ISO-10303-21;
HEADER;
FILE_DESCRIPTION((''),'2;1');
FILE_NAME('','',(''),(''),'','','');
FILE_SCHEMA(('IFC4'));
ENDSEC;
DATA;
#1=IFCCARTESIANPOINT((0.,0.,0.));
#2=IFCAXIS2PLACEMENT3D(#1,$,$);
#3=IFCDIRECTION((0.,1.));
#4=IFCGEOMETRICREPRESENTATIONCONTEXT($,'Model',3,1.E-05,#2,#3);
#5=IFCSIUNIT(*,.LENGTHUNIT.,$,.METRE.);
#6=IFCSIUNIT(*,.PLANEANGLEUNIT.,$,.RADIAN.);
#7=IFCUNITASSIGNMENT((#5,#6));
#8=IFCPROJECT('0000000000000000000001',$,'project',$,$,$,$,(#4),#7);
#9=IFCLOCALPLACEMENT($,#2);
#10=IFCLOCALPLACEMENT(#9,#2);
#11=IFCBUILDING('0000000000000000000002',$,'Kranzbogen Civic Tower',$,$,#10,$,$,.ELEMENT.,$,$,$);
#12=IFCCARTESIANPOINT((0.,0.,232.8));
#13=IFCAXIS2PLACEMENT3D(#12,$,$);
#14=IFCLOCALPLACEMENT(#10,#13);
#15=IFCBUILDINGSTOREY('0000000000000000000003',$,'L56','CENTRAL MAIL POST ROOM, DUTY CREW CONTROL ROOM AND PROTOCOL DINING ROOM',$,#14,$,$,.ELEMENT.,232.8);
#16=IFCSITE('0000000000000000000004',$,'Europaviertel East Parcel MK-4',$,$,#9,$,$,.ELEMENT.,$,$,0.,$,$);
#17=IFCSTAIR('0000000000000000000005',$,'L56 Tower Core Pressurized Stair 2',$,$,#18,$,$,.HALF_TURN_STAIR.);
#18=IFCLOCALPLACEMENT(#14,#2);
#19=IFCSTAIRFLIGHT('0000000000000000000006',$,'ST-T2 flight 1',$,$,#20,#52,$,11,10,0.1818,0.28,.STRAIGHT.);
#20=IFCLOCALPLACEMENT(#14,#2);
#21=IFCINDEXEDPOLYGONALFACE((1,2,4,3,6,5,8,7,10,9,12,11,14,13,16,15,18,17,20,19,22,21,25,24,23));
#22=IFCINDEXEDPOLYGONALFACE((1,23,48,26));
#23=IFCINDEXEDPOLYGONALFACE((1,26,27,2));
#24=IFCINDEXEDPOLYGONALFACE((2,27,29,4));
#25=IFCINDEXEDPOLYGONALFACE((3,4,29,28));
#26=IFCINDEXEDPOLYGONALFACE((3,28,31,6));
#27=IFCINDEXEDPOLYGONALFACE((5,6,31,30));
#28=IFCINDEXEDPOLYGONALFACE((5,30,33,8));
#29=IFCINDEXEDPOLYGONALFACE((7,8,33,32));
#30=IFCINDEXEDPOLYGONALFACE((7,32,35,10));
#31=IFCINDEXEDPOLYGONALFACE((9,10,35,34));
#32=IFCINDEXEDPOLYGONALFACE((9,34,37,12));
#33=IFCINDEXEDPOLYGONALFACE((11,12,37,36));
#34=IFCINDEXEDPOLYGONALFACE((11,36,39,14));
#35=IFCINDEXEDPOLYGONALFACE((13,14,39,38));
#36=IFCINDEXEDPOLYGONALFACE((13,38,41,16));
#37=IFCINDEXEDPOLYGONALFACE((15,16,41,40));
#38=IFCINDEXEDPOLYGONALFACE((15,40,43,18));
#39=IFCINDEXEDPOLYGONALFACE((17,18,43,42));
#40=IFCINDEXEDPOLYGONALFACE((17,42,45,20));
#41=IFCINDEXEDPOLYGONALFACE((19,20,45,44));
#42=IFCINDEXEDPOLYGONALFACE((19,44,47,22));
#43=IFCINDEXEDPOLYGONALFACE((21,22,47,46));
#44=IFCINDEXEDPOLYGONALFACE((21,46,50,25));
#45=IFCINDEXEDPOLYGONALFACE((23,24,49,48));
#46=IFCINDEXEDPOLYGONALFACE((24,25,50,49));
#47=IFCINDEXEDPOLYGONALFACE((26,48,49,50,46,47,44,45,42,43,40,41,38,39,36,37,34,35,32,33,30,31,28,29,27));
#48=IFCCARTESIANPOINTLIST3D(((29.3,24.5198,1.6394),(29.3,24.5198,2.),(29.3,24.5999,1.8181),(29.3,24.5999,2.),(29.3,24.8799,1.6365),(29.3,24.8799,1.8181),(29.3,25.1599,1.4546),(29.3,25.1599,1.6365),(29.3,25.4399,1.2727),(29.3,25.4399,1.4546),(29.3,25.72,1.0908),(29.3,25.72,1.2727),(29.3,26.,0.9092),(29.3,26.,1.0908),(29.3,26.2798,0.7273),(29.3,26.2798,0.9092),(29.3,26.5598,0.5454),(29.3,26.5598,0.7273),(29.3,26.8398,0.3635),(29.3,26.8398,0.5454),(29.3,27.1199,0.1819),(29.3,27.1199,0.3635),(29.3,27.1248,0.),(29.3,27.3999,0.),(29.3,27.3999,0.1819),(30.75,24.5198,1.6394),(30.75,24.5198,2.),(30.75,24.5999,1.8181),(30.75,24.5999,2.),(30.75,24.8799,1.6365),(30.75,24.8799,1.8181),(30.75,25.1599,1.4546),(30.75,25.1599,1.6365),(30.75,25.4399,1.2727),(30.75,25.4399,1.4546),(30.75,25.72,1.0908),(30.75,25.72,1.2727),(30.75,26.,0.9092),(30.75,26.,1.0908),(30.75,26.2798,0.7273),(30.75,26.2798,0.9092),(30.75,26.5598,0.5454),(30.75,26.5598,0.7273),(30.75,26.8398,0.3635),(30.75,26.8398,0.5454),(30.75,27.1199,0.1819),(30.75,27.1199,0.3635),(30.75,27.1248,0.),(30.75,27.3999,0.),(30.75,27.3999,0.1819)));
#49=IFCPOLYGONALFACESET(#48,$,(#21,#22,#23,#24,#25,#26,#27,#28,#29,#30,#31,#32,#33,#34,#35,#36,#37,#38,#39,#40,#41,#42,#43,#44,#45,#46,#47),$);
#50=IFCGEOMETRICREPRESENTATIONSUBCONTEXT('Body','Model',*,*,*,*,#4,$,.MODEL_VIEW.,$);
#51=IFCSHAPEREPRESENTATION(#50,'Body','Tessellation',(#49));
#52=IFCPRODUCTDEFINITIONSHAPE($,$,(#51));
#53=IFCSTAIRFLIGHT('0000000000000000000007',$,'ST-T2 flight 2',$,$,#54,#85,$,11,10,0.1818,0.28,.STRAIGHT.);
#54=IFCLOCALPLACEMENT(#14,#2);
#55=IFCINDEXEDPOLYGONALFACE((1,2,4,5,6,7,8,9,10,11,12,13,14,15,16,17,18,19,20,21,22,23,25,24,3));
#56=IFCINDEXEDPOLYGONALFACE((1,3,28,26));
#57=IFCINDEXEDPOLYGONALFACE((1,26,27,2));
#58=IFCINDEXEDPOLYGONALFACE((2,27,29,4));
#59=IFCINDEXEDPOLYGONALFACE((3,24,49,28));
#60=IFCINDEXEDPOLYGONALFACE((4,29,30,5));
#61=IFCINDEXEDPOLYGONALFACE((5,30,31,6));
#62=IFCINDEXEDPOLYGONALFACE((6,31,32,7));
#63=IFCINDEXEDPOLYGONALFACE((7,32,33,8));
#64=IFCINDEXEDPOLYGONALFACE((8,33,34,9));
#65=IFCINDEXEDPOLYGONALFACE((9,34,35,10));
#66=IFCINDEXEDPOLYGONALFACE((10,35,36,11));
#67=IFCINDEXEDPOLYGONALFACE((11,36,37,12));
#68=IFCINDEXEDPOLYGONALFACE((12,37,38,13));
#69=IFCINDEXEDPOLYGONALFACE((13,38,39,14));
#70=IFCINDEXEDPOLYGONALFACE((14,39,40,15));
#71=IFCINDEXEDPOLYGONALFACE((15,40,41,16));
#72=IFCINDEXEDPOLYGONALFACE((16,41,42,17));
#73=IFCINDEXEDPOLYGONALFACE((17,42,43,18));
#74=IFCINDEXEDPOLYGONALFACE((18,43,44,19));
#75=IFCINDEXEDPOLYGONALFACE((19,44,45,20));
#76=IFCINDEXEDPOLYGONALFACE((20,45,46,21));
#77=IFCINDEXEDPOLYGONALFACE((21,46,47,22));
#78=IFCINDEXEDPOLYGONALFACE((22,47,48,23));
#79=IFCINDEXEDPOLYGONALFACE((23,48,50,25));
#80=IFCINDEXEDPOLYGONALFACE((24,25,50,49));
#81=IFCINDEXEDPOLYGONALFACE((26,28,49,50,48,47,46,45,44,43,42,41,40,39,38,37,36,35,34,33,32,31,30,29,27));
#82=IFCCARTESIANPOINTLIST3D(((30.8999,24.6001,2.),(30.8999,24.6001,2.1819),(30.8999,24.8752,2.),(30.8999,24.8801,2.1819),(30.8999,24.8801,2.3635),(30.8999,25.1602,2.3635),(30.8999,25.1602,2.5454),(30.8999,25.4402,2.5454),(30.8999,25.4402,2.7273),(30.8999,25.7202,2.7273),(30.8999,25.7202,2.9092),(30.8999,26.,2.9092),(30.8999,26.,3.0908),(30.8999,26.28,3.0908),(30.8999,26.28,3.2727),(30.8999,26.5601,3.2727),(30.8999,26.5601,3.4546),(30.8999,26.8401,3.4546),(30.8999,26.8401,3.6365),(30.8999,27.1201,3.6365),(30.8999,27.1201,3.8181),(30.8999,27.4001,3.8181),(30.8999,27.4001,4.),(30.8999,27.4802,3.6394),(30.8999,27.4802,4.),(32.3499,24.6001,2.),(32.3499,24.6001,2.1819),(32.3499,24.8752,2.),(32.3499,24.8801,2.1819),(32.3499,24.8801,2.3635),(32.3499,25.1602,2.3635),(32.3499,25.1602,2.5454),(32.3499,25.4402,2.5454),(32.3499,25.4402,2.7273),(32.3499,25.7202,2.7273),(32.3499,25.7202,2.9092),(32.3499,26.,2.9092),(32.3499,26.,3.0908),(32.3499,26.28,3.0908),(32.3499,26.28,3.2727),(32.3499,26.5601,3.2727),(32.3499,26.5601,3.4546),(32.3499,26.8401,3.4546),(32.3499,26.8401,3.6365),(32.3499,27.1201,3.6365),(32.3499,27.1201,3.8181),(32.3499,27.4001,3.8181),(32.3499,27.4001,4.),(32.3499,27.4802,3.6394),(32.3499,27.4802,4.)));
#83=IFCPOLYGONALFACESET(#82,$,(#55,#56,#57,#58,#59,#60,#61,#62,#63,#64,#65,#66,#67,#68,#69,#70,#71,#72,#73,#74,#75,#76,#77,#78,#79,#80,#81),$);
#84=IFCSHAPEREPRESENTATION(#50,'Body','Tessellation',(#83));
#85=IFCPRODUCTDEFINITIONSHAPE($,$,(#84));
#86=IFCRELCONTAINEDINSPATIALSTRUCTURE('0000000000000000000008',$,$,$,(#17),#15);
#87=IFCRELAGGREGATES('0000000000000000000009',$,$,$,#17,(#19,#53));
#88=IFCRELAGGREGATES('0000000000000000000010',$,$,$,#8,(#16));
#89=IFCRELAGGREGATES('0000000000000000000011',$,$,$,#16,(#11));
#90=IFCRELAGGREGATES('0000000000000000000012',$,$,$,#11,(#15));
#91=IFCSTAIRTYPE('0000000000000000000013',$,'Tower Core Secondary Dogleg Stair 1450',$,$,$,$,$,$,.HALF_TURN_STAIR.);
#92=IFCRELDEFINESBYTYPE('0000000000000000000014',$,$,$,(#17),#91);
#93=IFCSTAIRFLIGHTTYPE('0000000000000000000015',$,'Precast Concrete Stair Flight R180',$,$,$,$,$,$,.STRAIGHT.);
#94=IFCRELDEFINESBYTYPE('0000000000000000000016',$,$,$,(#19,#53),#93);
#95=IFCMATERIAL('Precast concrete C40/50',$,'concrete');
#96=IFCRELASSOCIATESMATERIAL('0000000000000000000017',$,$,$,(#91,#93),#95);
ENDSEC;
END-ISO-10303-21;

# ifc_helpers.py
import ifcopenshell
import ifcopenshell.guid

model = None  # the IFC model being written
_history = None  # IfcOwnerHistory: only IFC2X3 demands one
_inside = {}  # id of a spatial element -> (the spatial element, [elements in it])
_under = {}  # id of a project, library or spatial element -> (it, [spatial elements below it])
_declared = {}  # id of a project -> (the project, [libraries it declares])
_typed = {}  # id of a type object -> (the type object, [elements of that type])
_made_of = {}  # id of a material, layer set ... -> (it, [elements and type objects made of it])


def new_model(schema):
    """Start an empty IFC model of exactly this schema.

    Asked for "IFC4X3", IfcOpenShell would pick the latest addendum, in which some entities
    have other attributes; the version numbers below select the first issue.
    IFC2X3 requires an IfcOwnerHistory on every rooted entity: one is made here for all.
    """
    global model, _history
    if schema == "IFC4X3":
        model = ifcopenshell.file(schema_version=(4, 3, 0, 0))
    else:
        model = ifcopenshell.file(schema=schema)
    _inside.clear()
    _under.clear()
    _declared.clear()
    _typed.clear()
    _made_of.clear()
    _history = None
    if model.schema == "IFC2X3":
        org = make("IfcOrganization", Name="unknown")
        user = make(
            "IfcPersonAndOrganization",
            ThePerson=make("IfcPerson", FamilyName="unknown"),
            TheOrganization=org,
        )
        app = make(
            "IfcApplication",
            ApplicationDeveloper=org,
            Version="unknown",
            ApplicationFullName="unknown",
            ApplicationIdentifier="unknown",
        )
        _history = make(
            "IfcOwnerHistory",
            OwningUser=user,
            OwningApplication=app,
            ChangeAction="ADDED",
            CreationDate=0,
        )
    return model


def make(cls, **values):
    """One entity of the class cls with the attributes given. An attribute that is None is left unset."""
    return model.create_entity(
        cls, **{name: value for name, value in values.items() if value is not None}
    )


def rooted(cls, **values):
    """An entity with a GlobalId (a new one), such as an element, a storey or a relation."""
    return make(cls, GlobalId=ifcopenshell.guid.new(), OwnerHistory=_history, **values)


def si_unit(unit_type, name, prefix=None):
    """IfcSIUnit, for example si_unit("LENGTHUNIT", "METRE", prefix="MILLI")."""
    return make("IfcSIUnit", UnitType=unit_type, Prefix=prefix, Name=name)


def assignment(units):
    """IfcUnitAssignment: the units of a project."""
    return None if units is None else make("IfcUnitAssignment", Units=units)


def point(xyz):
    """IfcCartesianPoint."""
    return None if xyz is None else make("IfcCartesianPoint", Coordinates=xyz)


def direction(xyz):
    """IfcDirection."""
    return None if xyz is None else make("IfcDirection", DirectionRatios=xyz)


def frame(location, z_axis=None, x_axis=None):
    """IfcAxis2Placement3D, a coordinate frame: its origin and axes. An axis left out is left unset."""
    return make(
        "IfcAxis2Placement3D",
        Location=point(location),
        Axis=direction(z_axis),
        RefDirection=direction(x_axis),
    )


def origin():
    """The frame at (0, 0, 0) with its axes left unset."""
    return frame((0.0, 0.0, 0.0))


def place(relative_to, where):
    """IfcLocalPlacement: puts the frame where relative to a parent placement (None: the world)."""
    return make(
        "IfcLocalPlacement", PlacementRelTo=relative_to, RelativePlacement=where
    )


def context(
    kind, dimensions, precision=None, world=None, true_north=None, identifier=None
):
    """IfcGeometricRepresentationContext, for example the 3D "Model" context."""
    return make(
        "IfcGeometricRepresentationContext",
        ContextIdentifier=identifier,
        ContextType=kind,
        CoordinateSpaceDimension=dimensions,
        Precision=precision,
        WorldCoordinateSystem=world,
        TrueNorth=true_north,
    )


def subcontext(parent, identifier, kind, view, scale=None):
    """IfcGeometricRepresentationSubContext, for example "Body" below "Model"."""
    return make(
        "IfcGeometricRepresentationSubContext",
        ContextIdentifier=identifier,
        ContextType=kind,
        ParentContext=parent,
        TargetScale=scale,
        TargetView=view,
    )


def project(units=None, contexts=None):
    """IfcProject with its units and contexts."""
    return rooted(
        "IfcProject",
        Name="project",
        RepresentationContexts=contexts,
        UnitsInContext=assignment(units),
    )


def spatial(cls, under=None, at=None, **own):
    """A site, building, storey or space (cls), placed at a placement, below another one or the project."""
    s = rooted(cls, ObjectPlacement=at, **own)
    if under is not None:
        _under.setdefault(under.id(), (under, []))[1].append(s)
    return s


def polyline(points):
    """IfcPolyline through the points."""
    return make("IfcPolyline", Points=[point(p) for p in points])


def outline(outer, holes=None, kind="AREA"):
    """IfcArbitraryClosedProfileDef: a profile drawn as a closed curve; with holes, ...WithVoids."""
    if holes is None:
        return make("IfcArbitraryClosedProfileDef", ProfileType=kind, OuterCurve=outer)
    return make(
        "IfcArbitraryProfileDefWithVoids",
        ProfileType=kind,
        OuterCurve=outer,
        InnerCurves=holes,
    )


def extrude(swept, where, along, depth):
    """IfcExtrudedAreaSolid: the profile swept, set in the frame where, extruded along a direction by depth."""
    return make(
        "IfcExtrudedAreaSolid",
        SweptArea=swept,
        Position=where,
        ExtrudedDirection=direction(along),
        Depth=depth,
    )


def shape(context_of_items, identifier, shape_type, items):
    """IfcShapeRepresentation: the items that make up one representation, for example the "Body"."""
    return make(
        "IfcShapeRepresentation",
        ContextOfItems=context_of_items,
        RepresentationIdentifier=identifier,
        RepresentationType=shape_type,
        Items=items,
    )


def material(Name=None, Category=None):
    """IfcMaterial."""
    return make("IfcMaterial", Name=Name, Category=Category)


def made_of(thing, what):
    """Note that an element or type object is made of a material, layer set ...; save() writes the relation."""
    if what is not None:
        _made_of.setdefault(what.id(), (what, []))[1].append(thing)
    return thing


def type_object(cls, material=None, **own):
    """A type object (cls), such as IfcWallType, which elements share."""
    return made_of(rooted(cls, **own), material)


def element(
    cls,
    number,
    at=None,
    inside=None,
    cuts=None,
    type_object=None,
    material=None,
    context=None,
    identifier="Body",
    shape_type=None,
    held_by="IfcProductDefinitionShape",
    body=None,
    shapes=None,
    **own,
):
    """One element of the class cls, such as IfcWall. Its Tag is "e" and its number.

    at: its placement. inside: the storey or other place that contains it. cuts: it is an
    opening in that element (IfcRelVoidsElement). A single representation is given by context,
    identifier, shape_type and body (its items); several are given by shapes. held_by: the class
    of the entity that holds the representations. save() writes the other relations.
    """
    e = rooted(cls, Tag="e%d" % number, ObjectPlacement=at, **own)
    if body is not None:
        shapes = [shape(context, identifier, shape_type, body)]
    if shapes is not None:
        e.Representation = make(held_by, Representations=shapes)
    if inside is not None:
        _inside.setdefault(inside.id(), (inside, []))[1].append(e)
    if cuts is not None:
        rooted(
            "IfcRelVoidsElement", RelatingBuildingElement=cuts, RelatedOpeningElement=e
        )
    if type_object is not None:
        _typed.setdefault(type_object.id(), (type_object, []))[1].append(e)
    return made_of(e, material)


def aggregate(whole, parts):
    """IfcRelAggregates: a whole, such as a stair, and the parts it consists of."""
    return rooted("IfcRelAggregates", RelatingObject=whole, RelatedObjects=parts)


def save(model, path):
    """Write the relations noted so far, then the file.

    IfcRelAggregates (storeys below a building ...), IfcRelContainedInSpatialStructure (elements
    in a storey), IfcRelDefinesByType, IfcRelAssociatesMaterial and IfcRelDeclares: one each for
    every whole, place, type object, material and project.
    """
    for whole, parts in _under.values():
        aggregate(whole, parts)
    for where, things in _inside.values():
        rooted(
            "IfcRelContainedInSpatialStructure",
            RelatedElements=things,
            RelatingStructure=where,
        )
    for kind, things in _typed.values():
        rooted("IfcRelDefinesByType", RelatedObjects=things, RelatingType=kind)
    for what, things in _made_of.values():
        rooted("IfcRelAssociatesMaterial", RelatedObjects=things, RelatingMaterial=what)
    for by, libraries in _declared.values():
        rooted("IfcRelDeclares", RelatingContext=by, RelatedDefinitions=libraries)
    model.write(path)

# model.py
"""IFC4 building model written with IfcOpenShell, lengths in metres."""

from ifc_helpers import new_model, si_unit, direction, frame, origin, place, context, subcontext, project, spatial, polyline, outline, extrude, material, type_object, element, aggregate, save


model = new_model("IFC4")

# Units and contexts
model_context = context("Model", 3, precision=1e-05, world=origin(), true_north=direction((0.0, 1.0)))
body_context = subcontext(model_context, "Body", "Model", "MODEL_VIEW")
ifc_project = project(units=[si_unit("LENGTHUNIT", "METRE"), si_unit("PLANEANGLEUNIT", "RADIAN")], contexts=[model_context])

# Site, building, storey
site_placement = place(None, origin())
site = spatial("IfcSite", under=ifc_project, at=site_placement, Name="Europaviertel East Parcel MK-4", CompositionType="ELEMENT", RefElevation=0.0)
building_placement = place(site_placement, origin())
building = spatial("IfcBuilding", under=site, at=building_placement, Name="Kranzbogen Civic Tower", CompositionType="ELEMENT")
storey_placement = place(building_placement, frame((0.0, 0.0, 232.8)))
storey = spatial("IfcBuildingStorey", under=building, at=storey_placement, Name="L56", Description="CENTRAL MAIL POST ROOM, DUTY CREW CONTROL ROOM AND PROTOCOL DINING ROOM", CompositionType="ELEMENT", Elevation=232.8)

# Stair, stair flights
ifc_material_1 = material(Name="Precast concrete C40/50", Category="concrete")
stair_type = type_object("IfcStairType", Name="Tower Core Secondary Dogleg Stair 1450", PredefinedType="HALF_TURN_STAIR", material=ifc_material_1)
stair_placement = place(storey_placement, origin())
stair = element("IfcStair", 1, at=stair_placement, inside=storey, type_object=stair_type, Name="L56 Tower Core Pressurized Stair 2", PredefinedType="HALF_TURN_STAIR")
stair_flight_type = type_object("IfcStairFlightType", Name="Precast Concrete Stair Flight R180", PredefinedType="STRAIGHT", material=ifc_material_1)
stair_flight_1_placement = place(storey_placement, frame((30.0249, 27.3999, 0.0), z_axis=(0.0, 0.0, 1.0), x_axis=(0.0, -1.0, 0.0)))
stair_flight_1 = element("IfcStairFlight", 2, at=stair_flight_1_placement, type_object=stair_flight_type, Name="ST-T2 flight 1", NumberOfRisers=11, NumberOfTreads=10, PredefinedType="STRAIGHT", RiserHeight=0.1818, TreadLength=0.28, context=body_context, shape_type="SweptSolid", body=[
    extrude(outline(polyline([(0.0, 0.0), (0.0, 0.1819), (0.28, 0.1819), (0.28, 0.3635), (0.5601, 0.3635), (0.5601, 0.5454), (0.8401, 0.5454), (0.8401, 0.7273), (1.1201, 0.7273), (1.1201, 0.9092), (1.3999, 0.9092), (1.3999, 1.0908), (1.6799, 1.0908), (1.6799, 1.2727), (1.96, 1.2727), (1.96, 1.4546), (2.24, 1.4546), (2.24, 1.6365), (2.52, 1.6365), (2.52, 1.8181), (2.8, 1.8181), (2.8, 2.0), (2.8801, 2.0), (2.8801, 1.6394), (0.2751, 0.0), (0.0, 0.0)])), frame((0.0, 0.7251, 0.0), z_axis=(0.0, -1.0, 0.0), x_axis=(1.0, 0.0, 0.0)), (0.0, 0.0, 1.0), 1.45),
])
stair_flight_2_placement = place(storey_placement, frame((31.625, 24.6001, 2.0), z_axis=(0.0, 0.0, 1.0), x_axis=(0.0, 1.0, 0.0)))
stair_flight_2 = element("IfcStairFlight", 3, at=stair_flight_2_placement, type_object=stair_flight_type, Name="ST-T2 flight 2", NumberOfRisers=11, NumberOfTreads=10, PredefinedType="STRAIGHT", RiserHeight=0.1818, TreadLength=0.28, context=body_context, shape_type="SweptSolid", body=[
    extrude(outline(polyline([(0.0, 0.0), (0.0, 0.1819), (0.28, 0.1819), (0.28, 0.3635), (0.5601, 0.3635), (0.5601, 0.5454), (0.8401, 0.5454), (0.8401, 0.7273), (1.1201, 0.7273), (1.1201, 0.9092), (1.3999, 0.9092), (1.3999, 1.0908), (1.6799, 1.0908), (1.6799, 1.2727), (1.96, 1.2727), (1.96, 1.4546), (2.24, 1.4546), (2.24, 1.6365), (2.52, 1.6365), (2.52, 1.8181), (2.8, 1.8181), (2.8, 2.0), (2.8801, 2.0), (2.8801, 1.6394), (0.2751, 0.0), (0.0, 0.0)])), frame((0.0, 0.7251, 0.0), z_axis=(0.0, -1.0, 0.0), x_axis=(1.0, 0.0, 0.0)), (0.0, 0.0, 1.0), 1.45),
])
aggregate(stair, [stair_flight_1, stair_flight_2])

save(model, "model.ifc")
